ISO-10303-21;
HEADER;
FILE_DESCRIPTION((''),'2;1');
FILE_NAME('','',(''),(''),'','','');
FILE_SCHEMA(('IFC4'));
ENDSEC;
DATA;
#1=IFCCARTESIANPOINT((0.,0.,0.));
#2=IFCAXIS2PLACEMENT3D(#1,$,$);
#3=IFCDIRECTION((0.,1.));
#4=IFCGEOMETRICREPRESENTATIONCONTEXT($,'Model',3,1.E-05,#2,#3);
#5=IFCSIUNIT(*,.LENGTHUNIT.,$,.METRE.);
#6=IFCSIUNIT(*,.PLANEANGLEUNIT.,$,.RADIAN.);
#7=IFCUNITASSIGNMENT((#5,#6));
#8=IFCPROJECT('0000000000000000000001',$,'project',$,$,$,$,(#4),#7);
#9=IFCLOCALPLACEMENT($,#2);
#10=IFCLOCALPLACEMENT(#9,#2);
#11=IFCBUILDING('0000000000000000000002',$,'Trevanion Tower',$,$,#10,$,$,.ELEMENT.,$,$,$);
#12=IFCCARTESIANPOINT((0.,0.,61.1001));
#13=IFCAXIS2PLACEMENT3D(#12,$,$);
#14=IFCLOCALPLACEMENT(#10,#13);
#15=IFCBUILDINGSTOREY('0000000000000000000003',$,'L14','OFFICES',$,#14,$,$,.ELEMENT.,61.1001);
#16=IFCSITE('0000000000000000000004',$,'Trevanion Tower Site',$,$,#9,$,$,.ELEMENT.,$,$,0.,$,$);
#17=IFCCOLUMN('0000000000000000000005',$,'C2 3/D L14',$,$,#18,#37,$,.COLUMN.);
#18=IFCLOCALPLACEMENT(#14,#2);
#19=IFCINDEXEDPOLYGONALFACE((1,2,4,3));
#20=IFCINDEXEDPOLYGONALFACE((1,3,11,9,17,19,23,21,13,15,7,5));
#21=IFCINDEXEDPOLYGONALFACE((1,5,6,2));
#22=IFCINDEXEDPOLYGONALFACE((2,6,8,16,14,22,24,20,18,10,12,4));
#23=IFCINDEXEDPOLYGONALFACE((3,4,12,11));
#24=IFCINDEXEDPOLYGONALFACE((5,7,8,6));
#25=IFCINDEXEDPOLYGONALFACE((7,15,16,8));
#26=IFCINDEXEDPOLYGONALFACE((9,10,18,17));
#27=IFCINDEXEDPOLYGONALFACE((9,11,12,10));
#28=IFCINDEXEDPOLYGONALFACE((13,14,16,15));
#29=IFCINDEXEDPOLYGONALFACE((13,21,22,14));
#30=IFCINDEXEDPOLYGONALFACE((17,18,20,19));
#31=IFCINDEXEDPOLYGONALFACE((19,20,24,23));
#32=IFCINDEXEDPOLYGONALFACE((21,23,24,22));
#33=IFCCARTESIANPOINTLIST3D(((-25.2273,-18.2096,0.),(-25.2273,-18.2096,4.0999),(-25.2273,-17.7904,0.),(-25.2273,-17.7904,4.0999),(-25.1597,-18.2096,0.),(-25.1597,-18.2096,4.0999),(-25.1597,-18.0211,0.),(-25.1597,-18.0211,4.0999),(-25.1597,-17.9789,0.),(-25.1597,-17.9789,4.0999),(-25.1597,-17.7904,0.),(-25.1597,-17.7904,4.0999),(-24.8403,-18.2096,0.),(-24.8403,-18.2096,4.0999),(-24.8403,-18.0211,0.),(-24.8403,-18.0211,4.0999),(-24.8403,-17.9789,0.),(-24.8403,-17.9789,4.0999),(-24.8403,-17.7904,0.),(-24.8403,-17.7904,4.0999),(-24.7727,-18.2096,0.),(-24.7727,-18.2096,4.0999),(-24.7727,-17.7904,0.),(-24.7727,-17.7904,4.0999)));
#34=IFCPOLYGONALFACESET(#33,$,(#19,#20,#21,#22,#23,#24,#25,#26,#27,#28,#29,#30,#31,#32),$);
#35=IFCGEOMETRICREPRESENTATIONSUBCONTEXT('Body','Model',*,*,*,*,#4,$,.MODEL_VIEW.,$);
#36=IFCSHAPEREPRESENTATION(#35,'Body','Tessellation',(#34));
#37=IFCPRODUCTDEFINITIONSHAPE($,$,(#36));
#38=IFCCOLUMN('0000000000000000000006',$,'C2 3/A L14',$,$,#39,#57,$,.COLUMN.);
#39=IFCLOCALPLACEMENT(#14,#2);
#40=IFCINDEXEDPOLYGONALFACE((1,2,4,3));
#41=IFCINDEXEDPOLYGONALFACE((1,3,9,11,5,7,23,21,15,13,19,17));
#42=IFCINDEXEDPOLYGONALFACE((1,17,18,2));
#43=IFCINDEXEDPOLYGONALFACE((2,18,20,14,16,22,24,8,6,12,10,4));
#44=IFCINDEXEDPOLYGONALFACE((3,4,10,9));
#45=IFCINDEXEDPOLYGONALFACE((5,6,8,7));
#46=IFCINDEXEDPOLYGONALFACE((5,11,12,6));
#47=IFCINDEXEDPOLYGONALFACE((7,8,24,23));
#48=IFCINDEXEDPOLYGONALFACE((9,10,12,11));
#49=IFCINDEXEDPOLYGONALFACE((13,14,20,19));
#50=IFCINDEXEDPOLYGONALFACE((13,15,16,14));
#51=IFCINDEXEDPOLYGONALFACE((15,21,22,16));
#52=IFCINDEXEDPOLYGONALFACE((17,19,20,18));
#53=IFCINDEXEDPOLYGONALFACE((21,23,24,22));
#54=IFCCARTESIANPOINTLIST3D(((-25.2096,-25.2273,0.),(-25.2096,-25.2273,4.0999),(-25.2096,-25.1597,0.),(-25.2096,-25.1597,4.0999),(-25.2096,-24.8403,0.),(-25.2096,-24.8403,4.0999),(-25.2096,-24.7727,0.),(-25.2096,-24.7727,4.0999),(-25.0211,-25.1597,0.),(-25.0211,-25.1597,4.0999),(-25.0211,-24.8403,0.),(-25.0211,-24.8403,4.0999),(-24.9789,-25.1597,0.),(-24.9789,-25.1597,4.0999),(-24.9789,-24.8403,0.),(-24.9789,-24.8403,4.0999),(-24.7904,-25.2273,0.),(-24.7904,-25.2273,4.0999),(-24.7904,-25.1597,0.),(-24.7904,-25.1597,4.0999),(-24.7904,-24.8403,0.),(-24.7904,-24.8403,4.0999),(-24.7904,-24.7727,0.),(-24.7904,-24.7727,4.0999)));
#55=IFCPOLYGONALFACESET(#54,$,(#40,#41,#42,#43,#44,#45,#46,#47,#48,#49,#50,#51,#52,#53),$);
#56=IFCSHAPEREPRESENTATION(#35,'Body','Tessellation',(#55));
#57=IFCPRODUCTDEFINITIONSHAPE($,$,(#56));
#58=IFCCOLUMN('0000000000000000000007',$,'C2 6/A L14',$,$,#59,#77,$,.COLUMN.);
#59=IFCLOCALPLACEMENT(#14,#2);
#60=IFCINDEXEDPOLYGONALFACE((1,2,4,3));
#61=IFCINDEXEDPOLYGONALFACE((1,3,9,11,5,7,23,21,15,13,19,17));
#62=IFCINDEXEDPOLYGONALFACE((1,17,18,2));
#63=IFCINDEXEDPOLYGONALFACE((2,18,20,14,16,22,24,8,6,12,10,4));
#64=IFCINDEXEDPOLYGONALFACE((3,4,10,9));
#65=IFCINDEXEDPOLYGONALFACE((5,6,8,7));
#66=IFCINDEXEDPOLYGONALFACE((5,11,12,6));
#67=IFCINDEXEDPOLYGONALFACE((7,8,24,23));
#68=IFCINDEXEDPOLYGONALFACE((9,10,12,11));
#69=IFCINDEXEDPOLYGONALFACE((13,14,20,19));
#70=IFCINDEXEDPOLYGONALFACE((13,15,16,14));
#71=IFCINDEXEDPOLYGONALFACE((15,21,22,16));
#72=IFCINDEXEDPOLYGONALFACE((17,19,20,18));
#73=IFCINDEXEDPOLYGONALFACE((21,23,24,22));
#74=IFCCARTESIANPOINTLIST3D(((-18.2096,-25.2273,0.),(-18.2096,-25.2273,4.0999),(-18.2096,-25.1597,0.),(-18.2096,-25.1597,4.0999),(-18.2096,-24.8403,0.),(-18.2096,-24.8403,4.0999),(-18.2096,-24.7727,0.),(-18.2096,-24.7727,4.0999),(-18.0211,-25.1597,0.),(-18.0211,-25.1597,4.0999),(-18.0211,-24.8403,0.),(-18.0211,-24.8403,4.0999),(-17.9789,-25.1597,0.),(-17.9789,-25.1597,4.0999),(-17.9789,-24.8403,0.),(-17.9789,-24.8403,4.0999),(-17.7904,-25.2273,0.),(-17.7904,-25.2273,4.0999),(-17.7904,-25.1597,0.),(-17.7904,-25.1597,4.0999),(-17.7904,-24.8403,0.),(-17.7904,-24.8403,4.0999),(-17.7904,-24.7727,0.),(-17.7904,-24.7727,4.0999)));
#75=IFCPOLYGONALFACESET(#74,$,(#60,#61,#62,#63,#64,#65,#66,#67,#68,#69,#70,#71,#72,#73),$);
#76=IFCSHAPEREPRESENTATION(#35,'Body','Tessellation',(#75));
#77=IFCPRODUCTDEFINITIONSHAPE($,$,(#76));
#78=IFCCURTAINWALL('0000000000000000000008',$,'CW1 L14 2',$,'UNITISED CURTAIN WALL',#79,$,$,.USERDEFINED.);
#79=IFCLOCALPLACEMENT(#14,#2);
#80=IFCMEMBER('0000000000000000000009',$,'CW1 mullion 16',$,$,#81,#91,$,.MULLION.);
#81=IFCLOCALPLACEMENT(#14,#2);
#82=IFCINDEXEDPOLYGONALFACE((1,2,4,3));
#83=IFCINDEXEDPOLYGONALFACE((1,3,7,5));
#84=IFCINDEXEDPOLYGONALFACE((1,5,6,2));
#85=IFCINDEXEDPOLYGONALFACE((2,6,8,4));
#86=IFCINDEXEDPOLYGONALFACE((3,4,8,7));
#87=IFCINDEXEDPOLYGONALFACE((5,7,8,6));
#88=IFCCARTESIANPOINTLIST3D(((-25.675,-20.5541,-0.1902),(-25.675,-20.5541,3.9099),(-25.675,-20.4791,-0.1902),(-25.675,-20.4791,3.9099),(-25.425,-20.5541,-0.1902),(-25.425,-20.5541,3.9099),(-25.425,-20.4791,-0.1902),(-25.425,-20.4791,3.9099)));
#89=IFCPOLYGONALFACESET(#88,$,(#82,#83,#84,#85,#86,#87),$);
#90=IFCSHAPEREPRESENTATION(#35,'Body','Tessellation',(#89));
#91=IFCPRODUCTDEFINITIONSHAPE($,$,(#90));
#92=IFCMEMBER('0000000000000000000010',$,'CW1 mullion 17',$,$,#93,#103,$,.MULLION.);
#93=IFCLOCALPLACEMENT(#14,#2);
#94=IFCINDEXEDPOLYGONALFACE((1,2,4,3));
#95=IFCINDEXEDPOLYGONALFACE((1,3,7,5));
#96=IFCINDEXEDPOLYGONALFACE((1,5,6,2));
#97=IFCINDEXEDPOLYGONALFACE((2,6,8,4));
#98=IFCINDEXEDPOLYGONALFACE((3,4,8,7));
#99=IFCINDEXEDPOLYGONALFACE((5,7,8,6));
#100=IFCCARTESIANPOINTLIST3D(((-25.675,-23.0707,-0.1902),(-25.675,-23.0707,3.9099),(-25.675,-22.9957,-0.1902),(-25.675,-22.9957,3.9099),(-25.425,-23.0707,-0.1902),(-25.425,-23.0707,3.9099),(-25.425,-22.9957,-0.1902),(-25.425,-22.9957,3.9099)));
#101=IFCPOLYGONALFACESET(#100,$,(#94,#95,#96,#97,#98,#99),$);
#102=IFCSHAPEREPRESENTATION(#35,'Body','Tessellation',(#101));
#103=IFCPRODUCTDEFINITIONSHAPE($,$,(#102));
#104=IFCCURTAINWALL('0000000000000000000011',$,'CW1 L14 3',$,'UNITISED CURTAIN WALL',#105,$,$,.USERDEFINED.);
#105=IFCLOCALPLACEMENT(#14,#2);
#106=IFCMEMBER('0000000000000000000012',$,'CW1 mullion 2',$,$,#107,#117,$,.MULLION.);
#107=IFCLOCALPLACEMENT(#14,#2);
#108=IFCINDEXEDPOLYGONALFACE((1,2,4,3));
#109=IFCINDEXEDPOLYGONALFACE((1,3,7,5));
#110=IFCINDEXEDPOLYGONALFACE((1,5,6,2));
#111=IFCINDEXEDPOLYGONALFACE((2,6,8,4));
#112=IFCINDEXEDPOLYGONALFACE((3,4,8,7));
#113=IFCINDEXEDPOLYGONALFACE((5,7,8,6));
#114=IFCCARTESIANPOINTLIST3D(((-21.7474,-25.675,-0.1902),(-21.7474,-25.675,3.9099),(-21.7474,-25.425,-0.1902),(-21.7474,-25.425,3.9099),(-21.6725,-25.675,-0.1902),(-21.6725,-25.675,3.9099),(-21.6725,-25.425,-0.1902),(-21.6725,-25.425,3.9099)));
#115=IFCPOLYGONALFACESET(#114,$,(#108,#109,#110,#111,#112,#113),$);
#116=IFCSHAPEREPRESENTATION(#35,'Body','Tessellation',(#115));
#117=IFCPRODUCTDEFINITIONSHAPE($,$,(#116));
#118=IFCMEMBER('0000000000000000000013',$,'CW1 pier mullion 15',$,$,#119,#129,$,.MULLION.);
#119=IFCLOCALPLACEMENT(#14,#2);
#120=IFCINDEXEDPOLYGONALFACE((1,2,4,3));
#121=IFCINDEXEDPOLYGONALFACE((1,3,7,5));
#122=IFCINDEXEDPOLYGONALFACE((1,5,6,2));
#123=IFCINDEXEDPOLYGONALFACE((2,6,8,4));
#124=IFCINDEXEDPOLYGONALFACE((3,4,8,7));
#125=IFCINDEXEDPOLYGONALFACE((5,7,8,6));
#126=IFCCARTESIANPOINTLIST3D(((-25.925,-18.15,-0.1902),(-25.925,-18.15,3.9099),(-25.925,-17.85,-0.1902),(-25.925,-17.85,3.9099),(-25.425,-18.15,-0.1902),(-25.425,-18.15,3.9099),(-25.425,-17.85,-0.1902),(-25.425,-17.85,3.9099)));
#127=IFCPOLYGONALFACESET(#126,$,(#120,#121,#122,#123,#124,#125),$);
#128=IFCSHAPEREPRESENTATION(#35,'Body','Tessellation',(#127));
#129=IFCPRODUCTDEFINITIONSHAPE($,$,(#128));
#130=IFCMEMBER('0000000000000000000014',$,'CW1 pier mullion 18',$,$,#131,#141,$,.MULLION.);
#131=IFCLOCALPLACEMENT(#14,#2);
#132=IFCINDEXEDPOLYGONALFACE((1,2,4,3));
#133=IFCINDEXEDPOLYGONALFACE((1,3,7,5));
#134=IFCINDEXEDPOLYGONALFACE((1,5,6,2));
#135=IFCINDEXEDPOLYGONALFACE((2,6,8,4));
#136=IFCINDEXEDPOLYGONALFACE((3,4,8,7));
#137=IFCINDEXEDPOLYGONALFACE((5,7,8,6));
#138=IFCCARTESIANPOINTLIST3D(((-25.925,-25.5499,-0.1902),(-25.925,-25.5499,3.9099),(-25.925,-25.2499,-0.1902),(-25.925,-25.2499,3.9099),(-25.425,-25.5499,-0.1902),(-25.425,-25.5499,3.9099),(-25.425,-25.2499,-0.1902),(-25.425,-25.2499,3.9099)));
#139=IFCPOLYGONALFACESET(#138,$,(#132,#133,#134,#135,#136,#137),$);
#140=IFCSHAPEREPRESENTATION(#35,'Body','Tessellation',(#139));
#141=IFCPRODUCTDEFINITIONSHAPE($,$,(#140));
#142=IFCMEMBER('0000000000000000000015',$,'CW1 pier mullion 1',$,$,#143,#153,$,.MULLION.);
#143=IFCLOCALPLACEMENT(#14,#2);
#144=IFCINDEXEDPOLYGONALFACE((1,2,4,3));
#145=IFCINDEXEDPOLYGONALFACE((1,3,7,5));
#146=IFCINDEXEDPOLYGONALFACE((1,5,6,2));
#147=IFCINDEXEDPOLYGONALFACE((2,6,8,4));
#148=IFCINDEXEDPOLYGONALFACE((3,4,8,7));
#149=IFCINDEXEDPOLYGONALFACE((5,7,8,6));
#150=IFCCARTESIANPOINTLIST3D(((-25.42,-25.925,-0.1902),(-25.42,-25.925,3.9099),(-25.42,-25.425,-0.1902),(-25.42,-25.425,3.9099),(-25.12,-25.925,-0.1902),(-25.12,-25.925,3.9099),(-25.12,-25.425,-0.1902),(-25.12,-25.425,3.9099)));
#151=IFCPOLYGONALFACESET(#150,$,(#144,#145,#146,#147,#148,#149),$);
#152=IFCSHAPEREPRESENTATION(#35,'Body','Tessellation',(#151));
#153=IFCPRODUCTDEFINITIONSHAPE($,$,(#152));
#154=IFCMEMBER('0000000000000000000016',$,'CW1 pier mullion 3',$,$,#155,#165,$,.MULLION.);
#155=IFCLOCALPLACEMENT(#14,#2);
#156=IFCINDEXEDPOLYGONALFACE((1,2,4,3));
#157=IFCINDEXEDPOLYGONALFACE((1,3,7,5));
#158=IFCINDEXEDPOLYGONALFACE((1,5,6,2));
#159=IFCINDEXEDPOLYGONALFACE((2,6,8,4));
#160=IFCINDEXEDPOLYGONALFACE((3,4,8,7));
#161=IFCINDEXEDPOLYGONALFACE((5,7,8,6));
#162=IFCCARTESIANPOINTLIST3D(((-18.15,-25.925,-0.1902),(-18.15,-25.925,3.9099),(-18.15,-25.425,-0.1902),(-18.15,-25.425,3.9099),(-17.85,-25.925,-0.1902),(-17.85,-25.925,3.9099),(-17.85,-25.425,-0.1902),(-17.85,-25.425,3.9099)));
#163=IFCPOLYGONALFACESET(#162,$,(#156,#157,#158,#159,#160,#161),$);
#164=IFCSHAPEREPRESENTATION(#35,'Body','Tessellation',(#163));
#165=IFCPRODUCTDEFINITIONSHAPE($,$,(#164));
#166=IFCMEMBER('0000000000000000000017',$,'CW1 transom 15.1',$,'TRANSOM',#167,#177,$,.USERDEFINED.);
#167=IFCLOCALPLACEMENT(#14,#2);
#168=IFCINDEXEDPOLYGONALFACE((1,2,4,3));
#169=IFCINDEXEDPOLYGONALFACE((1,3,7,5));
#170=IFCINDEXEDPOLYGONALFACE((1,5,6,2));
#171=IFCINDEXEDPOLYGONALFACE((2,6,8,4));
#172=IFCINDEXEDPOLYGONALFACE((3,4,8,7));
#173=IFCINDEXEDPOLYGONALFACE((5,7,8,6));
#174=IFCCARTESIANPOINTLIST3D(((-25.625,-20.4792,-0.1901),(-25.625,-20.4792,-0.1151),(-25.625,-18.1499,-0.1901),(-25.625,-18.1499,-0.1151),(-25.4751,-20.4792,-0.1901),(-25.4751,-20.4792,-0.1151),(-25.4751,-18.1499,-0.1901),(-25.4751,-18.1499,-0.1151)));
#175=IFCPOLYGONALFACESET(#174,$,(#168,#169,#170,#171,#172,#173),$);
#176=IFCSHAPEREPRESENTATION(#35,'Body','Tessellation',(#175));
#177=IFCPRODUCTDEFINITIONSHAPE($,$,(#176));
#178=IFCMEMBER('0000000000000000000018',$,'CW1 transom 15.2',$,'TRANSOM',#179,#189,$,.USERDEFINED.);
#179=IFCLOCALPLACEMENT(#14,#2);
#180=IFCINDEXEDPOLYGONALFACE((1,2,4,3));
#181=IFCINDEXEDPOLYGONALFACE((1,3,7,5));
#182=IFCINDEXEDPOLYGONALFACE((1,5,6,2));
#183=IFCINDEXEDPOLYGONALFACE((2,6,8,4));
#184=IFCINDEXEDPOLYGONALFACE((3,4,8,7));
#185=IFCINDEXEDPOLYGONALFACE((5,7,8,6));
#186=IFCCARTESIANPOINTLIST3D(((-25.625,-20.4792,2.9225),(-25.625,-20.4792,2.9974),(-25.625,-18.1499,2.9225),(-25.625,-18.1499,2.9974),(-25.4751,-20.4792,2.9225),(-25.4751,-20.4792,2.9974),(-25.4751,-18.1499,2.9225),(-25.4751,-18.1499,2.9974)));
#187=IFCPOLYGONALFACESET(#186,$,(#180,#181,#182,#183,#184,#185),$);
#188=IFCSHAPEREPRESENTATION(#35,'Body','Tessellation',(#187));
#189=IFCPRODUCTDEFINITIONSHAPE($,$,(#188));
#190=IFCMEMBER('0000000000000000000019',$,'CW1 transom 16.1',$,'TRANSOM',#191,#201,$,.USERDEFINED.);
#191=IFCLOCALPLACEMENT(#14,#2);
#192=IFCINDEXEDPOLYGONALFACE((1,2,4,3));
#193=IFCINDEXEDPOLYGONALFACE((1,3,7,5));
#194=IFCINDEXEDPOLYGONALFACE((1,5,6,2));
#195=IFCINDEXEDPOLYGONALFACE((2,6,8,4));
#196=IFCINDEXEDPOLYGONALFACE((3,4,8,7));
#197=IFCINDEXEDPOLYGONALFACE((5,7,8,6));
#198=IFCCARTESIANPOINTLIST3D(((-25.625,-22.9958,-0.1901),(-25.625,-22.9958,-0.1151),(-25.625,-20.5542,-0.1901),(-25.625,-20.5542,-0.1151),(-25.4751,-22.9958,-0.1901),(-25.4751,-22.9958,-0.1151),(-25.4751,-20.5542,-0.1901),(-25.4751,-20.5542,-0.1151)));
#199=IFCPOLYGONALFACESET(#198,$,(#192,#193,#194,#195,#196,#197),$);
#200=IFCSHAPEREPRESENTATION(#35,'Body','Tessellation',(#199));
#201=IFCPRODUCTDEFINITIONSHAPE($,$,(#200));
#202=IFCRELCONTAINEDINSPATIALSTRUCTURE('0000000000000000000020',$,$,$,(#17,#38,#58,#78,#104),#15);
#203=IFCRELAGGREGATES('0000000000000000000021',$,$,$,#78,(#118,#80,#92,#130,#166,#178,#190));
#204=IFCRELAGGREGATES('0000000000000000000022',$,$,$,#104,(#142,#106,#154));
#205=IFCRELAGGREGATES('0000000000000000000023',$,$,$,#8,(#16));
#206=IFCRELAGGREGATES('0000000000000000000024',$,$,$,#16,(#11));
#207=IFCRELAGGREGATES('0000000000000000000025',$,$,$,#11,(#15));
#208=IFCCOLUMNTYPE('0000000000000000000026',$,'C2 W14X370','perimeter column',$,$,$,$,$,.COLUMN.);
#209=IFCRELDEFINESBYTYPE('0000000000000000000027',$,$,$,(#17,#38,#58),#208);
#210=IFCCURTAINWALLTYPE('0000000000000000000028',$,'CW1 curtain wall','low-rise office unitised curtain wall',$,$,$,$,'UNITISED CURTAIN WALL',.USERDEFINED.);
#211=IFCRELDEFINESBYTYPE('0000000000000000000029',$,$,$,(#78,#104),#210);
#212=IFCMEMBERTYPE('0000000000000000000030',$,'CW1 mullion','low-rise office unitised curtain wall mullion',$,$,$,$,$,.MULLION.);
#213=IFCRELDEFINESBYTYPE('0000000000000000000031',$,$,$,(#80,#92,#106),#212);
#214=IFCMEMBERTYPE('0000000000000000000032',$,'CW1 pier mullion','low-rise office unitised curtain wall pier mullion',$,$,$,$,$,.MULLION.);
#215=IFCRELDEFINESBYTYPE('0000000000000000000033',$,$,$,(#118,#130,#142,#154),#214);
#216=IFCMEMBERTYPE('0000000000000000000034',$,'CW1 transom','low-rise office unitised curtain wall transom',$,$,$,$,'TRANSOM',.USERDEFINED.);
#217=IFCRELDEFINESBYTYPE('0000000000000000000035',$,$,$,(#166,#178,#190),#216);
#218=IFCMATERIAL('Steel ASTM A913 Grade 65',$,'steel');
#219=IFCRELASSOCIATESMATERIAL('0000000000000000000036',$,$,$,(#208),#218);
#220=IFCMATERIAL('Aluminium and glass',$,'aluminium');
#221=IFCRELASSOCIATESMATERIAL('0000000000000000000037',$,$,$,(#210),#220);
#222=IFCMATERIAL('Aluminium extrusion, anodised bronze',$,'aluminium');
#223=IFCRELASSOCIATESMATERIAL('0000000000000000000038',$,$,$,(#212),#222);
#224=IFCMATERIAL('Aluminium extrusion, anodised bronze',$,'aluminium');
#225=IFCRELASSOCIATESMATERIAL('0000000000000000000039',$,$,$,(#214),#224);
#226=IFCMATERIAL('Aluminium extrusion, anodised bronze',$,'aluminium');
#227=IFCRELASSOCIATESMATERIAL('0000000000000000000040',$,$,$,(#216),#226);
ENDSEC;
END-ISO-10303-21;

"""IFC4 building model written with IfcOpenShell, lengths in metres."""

from ifc_helpers import new_model, si_unit, direction, frame, origin, origin_2d, place, context, subcontext, project, spatial, rectangle, i_section, extrude, material, material_profile, profile_set, type_object, element, aggregate, save


model = new_model("IFC4")

# Units and contexts
model_context = context("Model", 3, precision=1e-05, world=origin(), true_north=direction((0.0, 1.0)))
body_context = subcontext(model_context, "Body", "Model", "MODEL_VIEW")
ifc_project = project(units=[si_unit("LENGTHUNIT", "METRE"), si_unit("PLANEANGLEUNIT", "RADIAN")], contexts=[model_context])

# Site, building, storey
site_placement = place(None, origin())
site = spatial("IfcSite", under=ifc_project, at=site_placement, Name="Trevanion Tower Site", CompositionType="ELEMENT", RefElevation=0.0)
building_placement = place(site_placement, origin())
building = spatial("IfcBuilding", under=site, at=building_placement, Name="Trevanion Tower", CompositionType="ELEMENT")
storey_placement = place(building_placement, frame((0.0, 0.0, 61.1001)))
storey = spatial("IfcBuildingStorey", under=building, at=storey_placement, Name="L14", Description="OFFICES", CompositionType="ELEMENT", Elevation=61.1001)

# Columns
ifc_material_1 = material(Name="Steel ASTM A913 Grade 65", Category="steel")
ifc_material_profile_1 = material_profile(ifc_material_1, i_section(OverallWidth=0.4192, OverallDepth=0.4546, WebThickness=0.0422, FlangeThickness=0.0676, at=origin_2d()), Name="W14X370")
ifc_profile_set_1 = profile_set([ifc_material_profile_1], Name="Steel ASTM A913 Grade 65")
column_type = type_object("IfcColumnType", Name="C2 W14X370", Description="perimeter column", PredefinedType="COLUMN", material=ifc_profile_set_1)
for number, where, z_axis, x_axis, name in (
    (1, (-25.0, -18.0, 0.0), (0.0, 0.0, 1.0), (0.0, 1.0, 0.0), "C2 3/D L14"),
    (2, (-25.0, -25.0, 0.0), (0.0, 0.0, 1.0), (1.0, 0.0, 0.0), "C2 3/A L14"),
    (3, (-18.0, -25.0, 0.0), (0.0, 0.0, 1.0), (1.0, 0.0, 0.0), "C2 6/A L14"),
):
    element("IfcColumn", number, at=place(storey_placement, frame(where, z_axis=z_axis, x_axis=x_axis)), inside=storey, type_object=column_type, Name=name, PredefinedType="COLUMN", context=body_context, shape_type="SweptSolid", body=[
        extrude(i_section(OverallWidth=0.4192, OverallDepth=0.4546, WebThickness=0.0422, FlangeThickness=0.0676, at=origin_2d()), origin(), (0.0, 0.0, 1.0), 4.0999),
    ])

# Curtain wall, members
ifc_material_2 = material(Name="Aluminium and glass", Category="aluminium")
curtain_wall_type = type_object("IfcCurtainWallType", Name="CW1 curtain wall", Description="low-rise office unitised curtain wall", ElementType="UNITISED CURTAIN WALL", PredefinedType="USERDEFINED", material=ifc_material_2)
curtain_wall_1_placement = place(storey_placement, origin())
curtain_wall_1 = element("IfcCurtainWall", 4, at=curtain_wall_1_placement, inside=storey, type_object=curtain_wall_type, Name="CW1 L14 2", ObjectType="UNITISED CURTAIN WALL", PredefinedType="USERDEFINED")
ifc_material_3 = material(Name="Aluminium extrusion, anodised bronze", Category="aluminium")
ifc_material_profile_2 = material_profile(ifc_material_3, rectangle(XDim=0.075, YDim=0.25, at=origin_2d()), Name="CW1 mullion")
ifc_profile_set_2 = profile_set([ifc_material_profile_2], Name="Aluminium extrusion, anodised bronze")
member_type_1 = type_object("IfcMemberType", Name="CW1 mullion", Description="low-rise office unitised curtain wall mullion", PredefinedType="MULLION", material=ifc_profile_set_2)
member_1_placement = place(storey_placement, frame((-25.55, -20.5166, -0.1902), z_axis=(0.0, 0.0, 1.0), x_axis=(0.0, -1.0, 0.0)))
member_1 = element("IfcMember", 5, at=member_1_placement, type_object=member_type_1, Name="CW1 mullion 16", PredefinedType="MULLION", context=body_context, shape_type="SweptSolid", body=[
    extrude(rectangle(XDim=0.075, YDim=0.25, at=origin_2d()), origin(), (0.0, 0.0, 1.0), 4.1001),
])
member_2_placement = place(storey_placement, frame((-25.55, -23.0332, -0.1902), z_axis=(0.0, 0.0, 1.0), x_axis=(0.0, -1.0, 0.0)))
member_2 = element("IfcMember", 6, at=member_2_placement, type_object=member_type_1, Name="CW1 mullion 17", PredefinedType="MULLION", context=body_context, shape_type="SweptSolid", body=[
    extrude(rectangle(XDim=0.075, YDim=0.25, at=origin_2d()), origin(), (0.0, 0.0, 1.0), 4.1001),
])

# Curtain wall, member
curtain_wall_2_placement = place(storey_placement, origin())
curtain_wall_2 = element("IfcCurtainWall", 7, at=curtain_wall_2_placement, inside=storey, type_object=curtain_wall_type, Name="CW1 L14 3", ObjectType="UNITISED CURTAIN WALL", PredefinedType="USERDEFINED")
member_3_placement = place(storey_placement, frame((-21.71, -25.55, -0.1902), z_axis=(0.0, 0.0, 1.0), x_axis=(1.0, 0.0, 0.0)))
member_3 = element("IfcMember", 8, at=member_3_placement, type_object=member_type_1, Name="CW1 mullion 2", PredefinedType="MULLION", context=body_context, shape_type="SweptSolid", body=[
    extrude(rectangle(XDim=0.075, YDim=0.25, at=origin_2d()), origin(), (0.0, 0.0, 1.0), 4.1001),
])

# Members
ifc_material_4 = material(Name="Aluminium extrusion, anodised bronze", Category="aluminium")
ifc_material_profile_3 = material_profile(ifc_material_4, rectangle(XDim=0.3, YDim=0.5, at=origin_2d()), Name="CW1 pier mullion")
ifc_profile_set_3 = profile_set([ifc_material_profile_3], Name="Aluminium extrusion, anodised bronze")
member_type_2 = type_object("IfcMemberType", Name="CW1 pier mullion", Description="low-rise office unitised curtain wall pier mullion", PredefinedType="MULLION", material=ifc_profile_set_3)
member_4_placement = place(storey_placement, frame((-25.675, -18.0, -0.1902), z_axis=(0.0, 0.0, 1.0), x_axis=(0.0, -1.0, 0.0)))
member_4 = element("IfcMember", 9, at=member_4_placement, type_object=member_type_2, Name="CW1 pier mullion 15", PredefinedType="MULLION", context=body_context, shape_type="SweptSolid", body=[
    extrude(rectangle(XDim=0.3, YDim=0.5, at=origin_2d()), origin(), (0.0, 0.0, 1.0), 4.1001),
])
member_5_placement = place(storey_placement, frame((-25.675, -25.3999, -0.1902), z_axis=(0.0, 0.0, 1.0), x_axis=(0.0, -1.0, 0.0)))
member_5 = element("IfcMember", 10, at=member_5_placement, type_object=member_type_2, Name="CW1 pier mullion 18", PredefinedType="MULLION", context=body_context, shape_type="SweptSolid", body=[
    extrude(rectangle(XDim=0.3, YDim=0.5, at=origin_2d()), origin(), (0.0, 0.0, 1.0), 4.1001),
])
member_6_placement = place(storey_placement, frame((-25.27, -25.675, -0.1902), z_axis=(0.0, 0.0, 1.0), x_axis=(1.0, 0.0, 0.0)))
member_6 = element("IfcMember", 11, at=member_6_placement, type_object=member_type_2, Name="CW1 pier mullion 1", PredefinedType="MULLION", context=body_context, shape_type="SweptSolid", body=[
    extrude(rectangle(XDim=0.3, YDim=0.5, at=origin_2d()), origin(), (0.0, 0.0, 1.0), 4.1001),
])
member_7_placement = place(storey_placement, frame((-18.0, -25.675, -0.1902), z_axis=(0.0, 0.0, 1.0), x_axis=(1.0, 0.0, 0.0)))
member_7 = element("IfcMember", 12, at=member_7_placement, type_object=member_type_2, Name="CW1 pier mullion 3", PredefinedType="MULLION", context=body_context, shape_type="SweptSolid", body=[
    extrude(rectangle(XDim=0.3, YDim=0.5, at=origin_2d()), origin(), (0.0, 0.0, 1.0), 4.1001),
])
ifc_material_5 = material(Name="Aluminium extrusion, anodised bronze", Category="aluminium")
ifc_material_profile_4 = material_profile(ifc_material_5, rectangle(XDim=0.1499, YDim=0.075, at=origin_2d()), Name="CW1 transom")
ifc_profile_set_4 = profile_set([ifc_material_profile_4], Name="Aluminium extrusion, anodised bronze")
member_type_3 = type_object("IfcMemberType", Name="CW1 transom", Description="low-rise office unitised curtain wall transom", ElementType="TRANSOM", PredefinedType="USERDEFINED", material=ifc_profile_set_4)
member_8_placement = place(storey_placement, frame((-25.55, -18.1499, -0.1526), z_axis=(0.0, -1.0, 0.0), x_axis=(1.0, 0.0, 0.0)))
member_8 = element("IfcMember", 13, at=member_8_placement, type_object=member_type_3, Name="CW1 transom 15.1", ObjectType="TRANSOM", PredefinedType="USERDEFINED", context=body_context, shape_type="SweptSolid", body=[
    extrude(rectangle(XDim=0.1499, YDim=0.075, at=origin_2d()), origin(), (0.0, 0.0, 1.0), 2.3293),
])
member_9_placement = place(storey_placement, frame((-25.55, -18.1499, 2.96), z_axis=(0.0, -1.0, 0.0), x_axis=(1.0, 0.0, 0.0)))
member_9 = element("IfcMember", 14, at=member_9_placement, type_object=member_type_3, Name="CW1 transom 15.2", ObjectType="TRANSOM", PredefinedType="USERDEFINED", context=body_context, shape_type="SweptSolid", body=[
    extrude(rectangle(XDim=0.1499, YDim=0.075, at=origin_2d()), origin(), (0.0, 0.0, 1.0), 2.3293),
])
member_10_placement = place(storey_placement, frame((-25.55, -20.5542, -0.1526), z_axis=(0.0, -1.0, 0.0), x_axis=(1.0, 0.0, 0.0)))
member_10 = element("IfcMember", 15, at=member_10_placement, type_object=member_type_3, Name="CW1 transom 16.1", ObjectType="TRANSOM", PredefinedType="USERDEFINED", context=body_context, shape_type="SweptSolid", body=[
    extrude(rectangle(XDim=0.1499, YDim=0.075, at=origin_2d()), origin(), (0.0, 0.0, 1.0), 2.4417),
])

aggregate(curtain_wall_1, [member_4, member_1, member_2, member_5, member_8, member_9, member_10])
aggregate(curtain_wall_2, [member_6, member_3, member_7])

save(model, "model.ifc")
